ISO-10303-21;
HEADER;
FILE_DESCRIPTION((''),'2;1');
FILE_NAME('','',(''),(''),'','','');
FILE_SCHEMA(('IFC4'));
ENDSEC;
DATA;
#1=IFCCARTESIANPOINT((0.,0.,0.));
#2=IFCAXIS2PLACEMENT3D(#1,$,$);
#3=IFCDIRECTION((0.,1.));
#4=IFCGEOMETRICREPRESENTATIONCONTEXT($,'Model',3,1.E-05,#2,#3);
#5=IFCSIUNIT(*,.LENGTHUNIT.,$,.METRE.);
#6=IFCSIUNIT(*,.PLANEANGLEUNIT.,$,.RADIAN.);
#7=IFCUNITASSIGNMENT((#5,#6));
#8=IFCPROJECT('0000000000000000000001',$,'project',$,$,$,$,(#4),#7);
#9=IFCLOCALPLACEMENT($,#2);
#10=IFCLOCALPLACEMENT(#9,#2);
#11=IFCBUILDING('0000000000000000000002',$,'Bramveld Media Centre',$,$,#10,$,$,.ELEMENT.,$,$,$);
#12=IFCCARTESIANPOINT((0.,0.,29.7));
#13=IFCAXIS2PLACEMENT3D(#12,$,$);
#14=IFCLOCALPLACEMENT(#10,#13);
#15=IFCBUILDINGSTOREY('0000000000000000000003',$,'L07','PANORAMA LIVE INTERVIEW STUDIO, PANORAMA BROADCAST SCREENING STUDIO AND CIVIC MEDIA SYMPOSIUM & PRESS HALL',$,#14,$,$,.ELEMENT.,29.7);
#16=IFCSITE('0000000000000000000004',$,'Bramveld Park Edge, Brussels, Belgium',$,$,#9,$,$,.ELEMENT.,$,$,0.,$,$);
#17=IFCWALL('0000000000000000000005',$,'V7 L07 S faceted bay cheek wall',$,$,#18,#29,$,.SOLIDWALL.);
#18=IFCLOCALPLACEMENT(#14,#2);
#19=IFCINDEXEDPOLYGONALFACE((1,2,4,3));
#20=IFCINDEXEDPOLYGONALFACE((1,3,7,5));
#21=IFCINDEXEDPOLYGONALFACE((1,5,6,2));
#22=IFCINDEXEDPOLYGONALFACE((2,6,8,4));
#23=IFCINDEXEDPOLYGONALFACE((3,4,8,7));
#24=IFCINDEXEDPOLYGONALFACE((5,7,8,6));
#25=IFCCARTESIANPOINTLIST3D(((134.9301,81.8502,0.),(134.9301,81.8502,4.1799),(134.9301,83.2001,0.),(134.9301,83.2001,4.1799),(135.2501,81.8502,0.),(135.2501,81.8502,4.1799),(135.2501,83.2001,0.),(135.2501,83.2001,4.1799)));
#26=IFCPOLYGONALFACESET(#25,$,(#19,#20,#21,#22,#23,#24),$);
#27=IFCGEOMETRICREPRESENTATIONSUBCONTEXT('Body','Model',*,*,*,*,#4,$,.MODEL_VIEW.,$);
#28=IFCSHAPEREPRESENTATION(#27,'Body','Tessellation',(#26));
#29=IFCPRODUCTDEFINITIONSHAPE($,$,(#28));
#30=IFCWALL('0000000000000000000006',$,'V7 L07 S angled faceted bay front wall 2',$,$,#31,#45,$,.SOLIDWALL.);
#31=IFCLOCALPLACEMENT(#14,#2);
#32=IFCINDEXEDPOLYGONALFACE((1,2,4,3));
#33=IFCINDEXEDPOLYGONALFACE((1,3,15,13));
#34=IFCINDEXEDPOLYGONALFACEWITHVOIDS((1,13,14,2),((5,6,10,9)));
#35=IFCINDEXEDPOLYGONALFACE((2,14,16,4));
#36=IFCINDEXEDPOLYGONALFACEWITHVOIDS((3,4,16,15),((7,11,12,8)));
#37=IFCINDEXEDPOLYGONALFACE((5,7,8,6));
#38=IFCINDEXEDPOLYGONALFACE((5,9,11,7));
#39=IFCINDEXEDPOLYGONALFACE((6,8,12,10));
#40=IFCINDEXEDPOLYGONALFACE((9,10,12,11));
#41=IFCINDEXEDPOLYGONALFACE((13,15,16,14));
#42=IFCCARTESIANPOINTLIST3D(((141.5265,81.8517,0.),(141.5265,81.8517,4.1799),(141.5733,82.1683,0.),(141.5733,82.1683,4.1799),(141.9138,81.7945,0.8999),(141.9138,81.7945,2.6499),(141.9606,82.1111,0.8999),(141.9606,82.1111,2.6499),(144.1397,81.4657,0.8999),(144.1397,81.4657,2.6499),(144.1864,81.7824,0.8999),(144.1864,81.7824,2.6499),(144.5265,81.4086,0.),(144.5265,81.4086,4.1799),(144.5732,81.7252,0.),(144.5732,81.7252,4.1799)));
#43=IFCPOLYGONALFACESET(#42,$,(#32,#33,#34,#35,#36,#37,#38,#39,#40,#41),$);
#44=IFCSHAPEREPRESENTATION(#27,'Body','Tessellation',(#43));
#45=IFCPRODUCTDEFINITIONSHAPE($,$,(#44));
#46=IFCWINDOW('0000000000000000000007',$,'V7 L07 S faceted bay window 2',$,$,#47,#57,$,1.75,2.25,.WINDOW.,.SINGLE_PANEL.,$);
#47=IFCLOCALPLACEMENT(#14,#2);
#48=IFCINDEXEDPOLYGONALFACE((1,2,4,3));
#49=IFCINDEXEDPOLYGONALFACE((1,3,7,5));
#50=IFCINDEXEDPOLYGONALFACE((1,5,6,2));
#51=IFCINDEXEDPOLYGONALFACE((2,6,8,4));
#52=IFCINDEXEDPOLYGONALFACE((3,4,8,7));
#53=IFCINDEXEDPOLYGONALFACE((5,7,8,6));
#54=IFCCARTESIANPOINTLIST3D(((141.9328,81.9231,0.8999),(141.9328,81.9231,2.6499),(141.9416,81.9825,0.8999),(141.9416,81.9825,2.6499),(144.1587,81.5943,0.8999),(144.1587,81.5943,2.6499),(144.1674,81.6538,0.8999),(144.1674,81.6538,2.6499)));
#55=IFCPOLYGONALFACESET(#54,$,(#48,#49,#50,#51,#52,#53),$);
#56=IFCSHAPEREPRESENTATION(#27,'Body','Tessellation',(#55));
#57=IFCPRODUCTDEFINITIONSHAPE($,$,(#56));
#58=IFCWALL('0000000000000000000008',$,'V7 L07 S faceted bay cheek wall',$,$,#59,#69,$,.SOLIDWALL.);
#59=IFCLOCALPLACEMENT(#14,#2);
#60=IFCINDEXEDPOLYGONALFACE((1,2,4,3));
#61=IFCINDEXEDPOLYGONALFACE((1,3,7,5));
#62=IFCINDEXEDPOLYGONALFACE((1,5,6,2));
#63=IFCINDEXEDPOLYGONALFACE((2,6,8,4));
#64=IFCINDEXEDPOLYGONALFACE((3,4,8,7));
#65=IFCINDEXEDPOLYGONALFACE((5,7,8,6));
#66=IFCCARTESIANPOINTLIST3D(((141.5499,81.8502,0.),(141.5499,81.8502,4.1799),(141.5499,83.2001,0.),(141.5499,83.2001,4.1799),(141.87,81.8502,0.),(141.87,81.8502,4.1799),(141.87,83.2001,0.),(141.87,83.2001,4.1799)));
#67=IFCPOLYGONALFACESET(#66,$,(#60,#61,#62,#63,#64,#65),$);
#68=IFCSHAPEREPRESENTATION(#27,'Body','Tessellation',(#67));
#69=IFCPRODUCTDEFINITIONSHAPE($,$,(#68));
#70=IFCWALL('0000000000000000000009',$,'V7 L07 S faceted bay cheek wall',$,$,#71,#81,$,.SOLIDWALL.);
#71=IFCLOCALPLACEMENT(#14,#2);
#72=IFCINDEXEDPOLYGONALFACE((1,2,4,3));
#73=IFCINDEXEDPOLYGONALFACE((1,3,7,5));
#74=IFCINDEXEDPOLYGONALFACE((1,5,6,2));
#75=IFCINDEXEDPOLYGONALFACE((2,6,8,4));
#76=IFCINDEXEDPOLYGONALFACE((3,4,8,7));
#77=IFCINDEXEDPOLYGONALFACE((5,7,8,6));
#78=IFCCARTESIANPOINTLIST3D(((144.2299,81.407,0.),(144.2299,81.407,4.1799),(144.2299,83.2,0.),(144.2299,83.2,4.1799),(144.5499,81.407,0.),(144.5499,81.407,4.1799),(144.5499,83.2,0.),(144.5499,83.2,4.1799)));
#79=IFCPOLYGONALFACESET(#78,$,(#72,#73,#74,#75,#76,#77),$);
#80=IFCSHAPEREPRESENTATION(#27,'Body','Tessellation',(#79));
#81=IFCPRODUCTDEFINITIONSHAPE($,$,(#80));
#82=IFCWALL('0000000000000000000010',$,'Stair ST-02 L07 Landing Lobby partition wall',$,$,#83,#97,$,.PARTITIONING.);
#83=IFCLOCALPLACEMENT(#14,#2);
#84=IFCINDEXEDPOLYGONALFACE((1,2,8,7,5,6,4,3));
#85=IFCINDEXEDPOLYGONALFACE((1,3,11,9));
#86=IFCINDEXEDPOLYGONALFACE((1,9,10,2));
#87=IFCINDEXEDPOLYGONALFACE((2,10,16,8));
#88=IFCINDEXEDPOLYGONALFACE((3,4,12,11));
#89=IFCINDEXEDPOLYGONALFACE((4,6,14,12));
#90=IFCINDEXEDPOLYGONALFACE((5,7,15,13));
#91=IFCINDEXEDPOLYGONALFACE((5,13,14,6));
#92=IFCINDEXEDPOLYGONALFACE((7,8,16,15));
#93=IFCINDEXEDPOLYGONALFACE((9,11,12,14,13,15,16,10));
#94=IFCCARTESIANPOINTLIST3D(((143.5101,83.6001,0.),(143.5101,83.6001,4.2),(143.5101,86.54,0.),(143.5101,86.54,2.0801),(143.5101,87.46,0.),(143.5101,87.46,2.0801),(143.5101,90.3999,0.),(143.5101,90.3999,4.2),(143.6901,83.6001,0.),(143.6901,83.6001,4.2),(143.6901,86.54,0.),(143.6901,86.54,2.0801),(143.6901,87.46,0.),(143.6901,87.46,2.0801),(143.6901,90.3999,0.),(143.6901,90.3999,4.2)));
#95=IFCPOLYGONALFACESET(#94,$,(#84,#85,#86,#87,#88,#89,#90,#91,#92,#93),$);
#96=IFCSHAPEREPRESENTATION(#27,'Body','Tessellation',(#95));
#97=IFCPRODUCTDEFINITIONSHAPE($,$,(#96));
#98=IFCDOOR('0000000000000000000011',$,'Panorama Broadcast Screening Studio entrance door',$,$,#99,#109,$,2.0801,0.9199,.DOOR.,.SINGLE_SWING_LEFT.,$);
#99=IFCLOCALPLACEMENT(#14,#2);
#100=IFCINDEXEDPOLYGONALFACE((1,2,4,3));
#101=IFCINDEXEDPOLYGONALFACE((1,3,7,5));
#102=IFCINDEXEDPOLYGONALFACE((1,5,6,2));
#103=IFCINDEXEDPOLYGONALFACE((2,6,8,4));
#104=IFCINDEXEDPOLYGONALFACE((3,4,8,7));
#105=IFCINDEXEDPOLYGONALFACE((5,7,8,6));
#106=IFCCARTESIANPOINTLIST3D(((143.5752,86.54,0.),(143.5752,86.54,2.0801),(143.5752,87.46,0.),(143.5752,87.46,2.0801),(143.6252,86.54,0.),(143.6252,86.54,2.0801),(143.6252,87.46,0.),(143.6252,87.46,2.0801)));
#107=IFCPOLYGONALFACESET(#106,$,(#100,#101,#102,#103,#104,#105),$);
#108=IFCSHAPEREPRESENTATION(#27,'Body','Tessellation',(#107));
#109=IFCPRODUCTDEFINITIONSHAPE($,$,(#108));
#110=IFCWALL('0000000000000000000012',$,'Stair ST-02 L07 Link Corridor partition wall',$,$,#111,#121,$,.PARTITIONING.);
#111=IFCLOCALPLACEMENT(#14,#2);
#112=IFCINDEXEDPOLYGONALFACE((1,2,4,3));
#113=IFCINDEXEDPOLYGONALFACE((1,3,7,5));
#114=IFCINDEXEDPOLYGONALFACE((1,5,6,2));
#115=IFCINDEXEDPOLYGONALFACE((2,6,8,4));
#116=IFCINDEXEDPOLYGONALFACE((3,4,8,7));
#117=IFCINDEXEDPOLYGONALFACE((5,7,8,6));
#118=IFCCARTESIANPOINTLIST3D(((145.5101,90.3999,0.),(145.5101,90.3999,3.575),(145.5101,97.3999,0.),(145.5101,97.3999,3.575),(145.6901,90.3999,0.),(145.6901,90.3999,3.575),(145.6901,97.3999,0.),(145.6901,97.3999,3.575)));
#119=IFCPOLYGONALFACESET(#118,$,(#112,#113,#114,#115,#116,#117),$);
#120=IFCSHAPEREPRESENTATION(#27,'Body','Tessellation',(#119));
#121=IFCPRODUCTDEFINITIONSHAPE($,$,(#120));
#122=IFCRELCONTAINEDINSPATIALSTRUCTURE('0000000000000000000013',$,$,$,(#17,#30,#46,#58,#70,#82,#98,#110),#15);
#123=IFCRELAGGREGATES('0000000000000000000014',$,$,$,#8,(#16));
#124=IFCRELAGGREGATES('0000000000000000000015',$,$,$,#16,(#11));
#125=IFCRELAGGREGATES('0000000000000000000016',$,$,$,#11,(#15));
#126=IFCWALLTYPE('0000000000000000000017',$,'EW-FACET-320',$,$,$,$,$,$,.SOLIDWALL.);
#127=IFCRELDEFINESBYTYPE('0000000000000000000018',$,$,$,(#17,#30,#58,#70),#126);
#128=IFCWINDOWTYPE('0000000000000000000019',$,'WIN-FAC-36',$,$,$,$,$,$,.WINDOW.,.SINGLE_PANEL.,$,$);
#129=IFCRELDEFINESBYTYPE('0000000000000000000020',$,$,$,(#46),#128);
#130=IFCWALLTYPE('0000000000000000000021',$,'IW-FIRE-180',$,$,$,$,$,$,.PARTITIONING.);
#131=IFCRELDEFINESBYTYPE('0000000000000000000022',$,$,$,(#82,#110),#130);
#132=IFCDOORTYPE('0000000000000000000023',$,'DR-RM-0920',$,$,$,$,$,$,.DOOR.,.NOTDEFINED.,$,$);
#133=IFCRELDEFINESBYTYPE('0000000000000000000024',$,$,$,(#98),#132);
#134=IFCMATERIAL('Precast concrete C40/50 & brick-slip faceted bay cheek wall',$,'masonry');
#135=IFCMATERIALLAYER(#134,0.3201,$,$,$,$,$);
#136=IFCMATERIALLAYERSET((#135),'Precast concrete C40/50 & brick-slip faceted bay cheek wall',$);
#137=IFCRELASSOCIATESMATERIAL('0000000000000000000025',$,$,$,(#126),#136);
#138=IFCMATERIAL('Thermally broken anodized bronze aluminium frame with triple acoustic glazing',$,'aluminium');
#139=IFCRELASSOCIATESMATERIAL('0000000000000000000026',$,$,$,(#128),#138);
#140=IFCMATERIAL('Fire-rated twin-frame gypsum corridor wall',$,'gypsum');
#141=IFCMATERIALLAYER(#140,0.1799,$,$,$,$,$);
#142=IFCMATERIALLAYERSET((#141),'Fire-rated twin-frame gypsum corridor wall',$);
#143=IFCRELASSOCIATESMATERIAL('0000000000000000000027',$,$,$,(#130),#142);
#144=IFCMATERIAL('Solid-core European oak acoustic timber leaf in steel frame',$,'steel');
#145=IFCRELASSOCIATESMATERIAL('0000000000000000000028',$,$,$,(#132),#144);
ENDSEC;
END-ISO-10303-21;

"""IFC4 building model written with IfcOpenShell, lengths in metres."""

from ifc_helpers import new_model, si_unit, direction, frame, frame_2d, origin, place, context, subcontext, project, spatial, rectangle, extrude, material, layer, layer_set, type_object, element, fill, save


model = new_model("IFC4")

# Units and contexts
model_context = context("Model", 3, precision=1e-05, world=origin(), true_north=direction((0.0, 1.0)))
body_context = subcontext(model_context, "Body", "Model", "MODEL_VIEW")
ifc_project = project(units=[si_unit("LENGTHUNIT", "METRE"), si_unit("PLANEANGLEUNIT", "RADIAN")], contexts=[model_context])

# Site, building, storey
site_placement = place(None, origin())
site = spatial("IfcSite", under=ifc_project, at=site_placement, Name="Bramveld Park Edge, Brussels, Belgium", CompositionType="ELEMENT", RefElevation=0.0)
building_placement = place(site_placement, origin())
building = spatial("IfcBuilding", under=site, at=building_placement, Name="Bramveld Media Centre", CompositionType="ELEMENT")
storey_placement = place(building_placement, frame((0.0, 0.0, 29.7)))
storey = spatial("IfcBuildingStorey", under=building, at=storey_placement, Name="L07", Description="PANORAMA LIVE INTERVIEW STUDIO, PANORAMA BROADCAST SCREENING STUDIO AND CIVIC MEDIA SYMPOSIUM & PRESS HALL", CompositionType="ELEMENT", Elevation=29.7)

# Wall
ifc_material_1 = material(Name="Precast concrete C40/50 & brick-slip faceted bay cheek wall", Category="masonry")
ifc_layer_1 = layer(ifc_material_1, 0.3201)
ifc_layer_set_1 = layer_set([ifc_layer_1], Name="Precast concrete C40/50 & brick-slip faceted bay cheek wall")
wall_type_1 = type_object("IfcWallType", Name="EW-FACET-320", PredefinedType="SOLIDWALL", material=ifc_layer_set_1)
wall_1_placement = place(storey_placement, frame((135.0901, 83.2, 0.0), z_axis=(0.0, 0.0, 1.0), x_axis=(0.0, -1.0, 0.0)))
element("IfcWall", 1, at=wall_1_placement, inside=storey, type_object=wall_type_1, Name="V7 L07 S faceted bay cheek wall", PredefinedType="SOLIDWALL", context=body_context, shape_type="SweptSolid", body=[
    extrude(rectangle(XDim=1.3499, YDim=0.3201, at=frame_2d((0.6748, 0.0))), origin(), (0.0, 0.0, 1.0), 4.1799),
])

# Wall, opening, window
wall_2_placement = place(storey_placement, frame((141.55, 82.01, 0.0), z_axis=(0.0, 0.0, 1.0), x_axis=(0.989267, -0.14612, 0.0)))
wall_2 = element("IfcWall", 2, at=wall_2_placement, inside=storey, type_object=wall_type_1, Name="V7 L07 S angled faceted bay front wall 2", PredefinedType="SOLIDWALL", context=body_context, shape_type="SweptSolid", body=[
    extrude(rectangle(XDim=3.0325, YDim=0.3201, at=frame_2d((1.5161, 0.0))), origin(), (0.0, 0.0, 1.0), 4.1799),
])
opening_1_placement = place(wall_2_placement, frame((0.3914, 0.0, 0.8999)))
opening_1 = element("IfcOpeningElement", 3, at=opening_1_placement, cuts=wall_2, PredefinedType="OPENING", context=body_context, shape_type="SweptSolid", body=[
    extrude(rectangle(XDim=2.25, YDim=1.75, at=frame_2d((1.125, 0.875))), frame((0.0, 0.1719, 0.0), z_axis=(0.0, -1.0, 0.0), x_axis=(1.0, 0.0, 0.0)), (0.0, 0.0, 1.0), 0.344),
])
ifc_material_2 = material(Name="Thermally broken anodized bronze aluminium frame with triple acoustic glazing", Category="aluminium")
window_type = type_object("IfcWindowType", Name="WIN-FAC-36", PartitioningType="SINGLE_PANEL", PredefinedType="WINDOW", material=ifc_material_2)
window_placement = place(opening_1_placement, origin())
window = element("IfcWindow", 4, at=window_placement, inside=storey, type_object=window_type, Name="V7 L07 S faceted bay window 2", OverallHeight=1.75, OverallWidth=2.25, PartitioningType="SINGLE_PANEL", PredefinedType="WINDOW", context=body_context, shape_type="SweptSolid", body=[
    extrude(rectangle(XDim=2.25, YDim=1.75, at=frame_2d((1.125, 0.875))), frame((0.0, 0.03, 0.0), z_axis=(0.0, -1.0, 0.0), x_axis=(1.0, 0.0, 0.0)), (0.0, 0.0, 1.0), 0.0601),
])
fill(opening_1, window)

# Walls
wall_3_placement = place(storey_placement, frame((141.71, 83.2, 0.0), z_axis=(0.0, 0.0, 1.0), x_axis=(0.0, -1.0, 0.0)))
element("IfcWall", 5, at=wall_3_placement, inside=storey, type_object=wall_type_1, Name="V7 L07 S faceted bay cheek wall", PredefinedType="SOLIDWALL", context=body_context, shape_type="SweptSolid", body=[
    extrude(rectangle(XDim=1.3499, YDim=0.3201, at=frame_2d((0.6748, 0.0))), origin(), (0.0, 0.0, 1.0), 4.1799),
])
wall_4_placement = place(storey_placement, frame((144.3899, 83.2, 0.0), z_axis=(0.0, 0.0, 1.0), x_axis=(0.0, -1.0, 0.0)))
element("IfcWall", 6, at=wall_4_placement, inside=storey, type_object=wall_type_1, Name="V7 L07 S faceted bay cheek wall", PredefinedType="SOLIDWALL", context=body_context, shape_type="SweptSolid", body=[
    extrude(rectangle(XDim=1.793, YDim=0.3201, at=frame_2d((0.8965, 0.0))), origin(), (0.0, 0.0, 1.0), 4.1799),
])

# Wall, opening, door
ifc_material_3 = material(Name="Fire-rated twin-frame gypsum corridor wall", Category="gypsum")
ifc_layer_2 = layer(ifc_material_3, 0.1799)
ifc_layer_set_2 = layer_set([ifc_layer_2], Name="Fire-rated twin-frame gypsum corridor wall")
wall_type_2 = type_object("IfcWallType", Name="IW-FIRE-180", PredefinedType="PARTITIONING", material=ifc_layer_set_2)
wall_5_placement = place(storey_placement, frame((143.6001, 83.6001, 0.0), z_axis=(0.0, 0.0, 1.0), x_axis=(0.0, 1.0, 0.0)))
wall_5 = element("IfcWall", 7, at=wall_5_placement, inside=storey, type_object=wall_type_2, Name="Stair ST-02 L07 Landing Lobby partition wall", PredefinedType="PARTITIONING", context=body_context, shape_type="SweptSolid", body=[
    extrude(rectangle(XDim=6.7998, YDim=0.1799, at=frame_2d((3.3999, 0.0))), origin(), (0.0, 0.0, 1.0), 4.2),
])
opening_2_placement = place(wall_5_placement, frame((2.9399, 0.0, 0.0)))
opening_2 = element("IfcOpeningElement", 8, at=opening_2_placement, cuts=wall_5, PredefinedType="OPENING", context=body_context, shape_type="SweptSolid", body=[
    extrude(rectangle(XDim=0.9199, YDim=2.0801, at=frame_2d((0.46, 1.04))), frame((0.0, 0.1021, 0.0), z_axis=(0.0, -1.0, 0.0), x_axis=(1.0, 0.0, 0.0)), (0.0, 0.0, 1.0), 0.2039),
])
ifc_material_4 = material(Name="Solid-core European oak acoustic timber leaf in steel frame", Category="steel")
door_type = type_object("IfcDoorType", Name="DR-RM-0920", OperationType="NOTDEFINED", PredefinedType="DOOR", material=ifc_material_4)
door_placement = place(opening_2_placement, origin())
door = element("IfcDoor", 9, at=door_placement, inside=storey, type_object=door_type, Name="Panorama Broadcast Screening Studio entrance door", OperationType="SINGLE_SWING_LEFT", OverallHeight=2.0801, OverallWidth=0.9199, PredefinedType="DOOR", context=body_context, shape_type="SweptSolid", body=[
    extrude(rectangle(XDim=0.9199, YDim=2.0801, at=frame_2d((0.46, 1.04))), frame((0.0, 0.0249, 0.0), z_axis=(0.0, -1.0, 0.0), x_axis=(1.0, 0.0, 0.0)), (0.0, 0.0, 1.0), 0.05),
])
fill(opening_2, door)

# Wall
wall_6_placement = place(storey_placement, frame((145.6001, 90.3999, 0.0), z_axis=(0.0, 0.0, 1.0), x_axis=(0.0, 1.0, 0.0)))
element("IfcWall", 10, at=wall_6_placement, inside=storey, type_object=wall_type_2, Name="Stair ST-02 L07 Link Corridor partition wall", PredefinedType="PARTITIONING", context=body_context, shape_type="SweptSolid", body=[
    extrude(rectangle(XDim=7.0, YDim=0.1799, at=frame_2d((3.5, 0.0))), origin(), (0.0, 0.0, 1.0), 3.575),
])

save(model, "model.ifc")
